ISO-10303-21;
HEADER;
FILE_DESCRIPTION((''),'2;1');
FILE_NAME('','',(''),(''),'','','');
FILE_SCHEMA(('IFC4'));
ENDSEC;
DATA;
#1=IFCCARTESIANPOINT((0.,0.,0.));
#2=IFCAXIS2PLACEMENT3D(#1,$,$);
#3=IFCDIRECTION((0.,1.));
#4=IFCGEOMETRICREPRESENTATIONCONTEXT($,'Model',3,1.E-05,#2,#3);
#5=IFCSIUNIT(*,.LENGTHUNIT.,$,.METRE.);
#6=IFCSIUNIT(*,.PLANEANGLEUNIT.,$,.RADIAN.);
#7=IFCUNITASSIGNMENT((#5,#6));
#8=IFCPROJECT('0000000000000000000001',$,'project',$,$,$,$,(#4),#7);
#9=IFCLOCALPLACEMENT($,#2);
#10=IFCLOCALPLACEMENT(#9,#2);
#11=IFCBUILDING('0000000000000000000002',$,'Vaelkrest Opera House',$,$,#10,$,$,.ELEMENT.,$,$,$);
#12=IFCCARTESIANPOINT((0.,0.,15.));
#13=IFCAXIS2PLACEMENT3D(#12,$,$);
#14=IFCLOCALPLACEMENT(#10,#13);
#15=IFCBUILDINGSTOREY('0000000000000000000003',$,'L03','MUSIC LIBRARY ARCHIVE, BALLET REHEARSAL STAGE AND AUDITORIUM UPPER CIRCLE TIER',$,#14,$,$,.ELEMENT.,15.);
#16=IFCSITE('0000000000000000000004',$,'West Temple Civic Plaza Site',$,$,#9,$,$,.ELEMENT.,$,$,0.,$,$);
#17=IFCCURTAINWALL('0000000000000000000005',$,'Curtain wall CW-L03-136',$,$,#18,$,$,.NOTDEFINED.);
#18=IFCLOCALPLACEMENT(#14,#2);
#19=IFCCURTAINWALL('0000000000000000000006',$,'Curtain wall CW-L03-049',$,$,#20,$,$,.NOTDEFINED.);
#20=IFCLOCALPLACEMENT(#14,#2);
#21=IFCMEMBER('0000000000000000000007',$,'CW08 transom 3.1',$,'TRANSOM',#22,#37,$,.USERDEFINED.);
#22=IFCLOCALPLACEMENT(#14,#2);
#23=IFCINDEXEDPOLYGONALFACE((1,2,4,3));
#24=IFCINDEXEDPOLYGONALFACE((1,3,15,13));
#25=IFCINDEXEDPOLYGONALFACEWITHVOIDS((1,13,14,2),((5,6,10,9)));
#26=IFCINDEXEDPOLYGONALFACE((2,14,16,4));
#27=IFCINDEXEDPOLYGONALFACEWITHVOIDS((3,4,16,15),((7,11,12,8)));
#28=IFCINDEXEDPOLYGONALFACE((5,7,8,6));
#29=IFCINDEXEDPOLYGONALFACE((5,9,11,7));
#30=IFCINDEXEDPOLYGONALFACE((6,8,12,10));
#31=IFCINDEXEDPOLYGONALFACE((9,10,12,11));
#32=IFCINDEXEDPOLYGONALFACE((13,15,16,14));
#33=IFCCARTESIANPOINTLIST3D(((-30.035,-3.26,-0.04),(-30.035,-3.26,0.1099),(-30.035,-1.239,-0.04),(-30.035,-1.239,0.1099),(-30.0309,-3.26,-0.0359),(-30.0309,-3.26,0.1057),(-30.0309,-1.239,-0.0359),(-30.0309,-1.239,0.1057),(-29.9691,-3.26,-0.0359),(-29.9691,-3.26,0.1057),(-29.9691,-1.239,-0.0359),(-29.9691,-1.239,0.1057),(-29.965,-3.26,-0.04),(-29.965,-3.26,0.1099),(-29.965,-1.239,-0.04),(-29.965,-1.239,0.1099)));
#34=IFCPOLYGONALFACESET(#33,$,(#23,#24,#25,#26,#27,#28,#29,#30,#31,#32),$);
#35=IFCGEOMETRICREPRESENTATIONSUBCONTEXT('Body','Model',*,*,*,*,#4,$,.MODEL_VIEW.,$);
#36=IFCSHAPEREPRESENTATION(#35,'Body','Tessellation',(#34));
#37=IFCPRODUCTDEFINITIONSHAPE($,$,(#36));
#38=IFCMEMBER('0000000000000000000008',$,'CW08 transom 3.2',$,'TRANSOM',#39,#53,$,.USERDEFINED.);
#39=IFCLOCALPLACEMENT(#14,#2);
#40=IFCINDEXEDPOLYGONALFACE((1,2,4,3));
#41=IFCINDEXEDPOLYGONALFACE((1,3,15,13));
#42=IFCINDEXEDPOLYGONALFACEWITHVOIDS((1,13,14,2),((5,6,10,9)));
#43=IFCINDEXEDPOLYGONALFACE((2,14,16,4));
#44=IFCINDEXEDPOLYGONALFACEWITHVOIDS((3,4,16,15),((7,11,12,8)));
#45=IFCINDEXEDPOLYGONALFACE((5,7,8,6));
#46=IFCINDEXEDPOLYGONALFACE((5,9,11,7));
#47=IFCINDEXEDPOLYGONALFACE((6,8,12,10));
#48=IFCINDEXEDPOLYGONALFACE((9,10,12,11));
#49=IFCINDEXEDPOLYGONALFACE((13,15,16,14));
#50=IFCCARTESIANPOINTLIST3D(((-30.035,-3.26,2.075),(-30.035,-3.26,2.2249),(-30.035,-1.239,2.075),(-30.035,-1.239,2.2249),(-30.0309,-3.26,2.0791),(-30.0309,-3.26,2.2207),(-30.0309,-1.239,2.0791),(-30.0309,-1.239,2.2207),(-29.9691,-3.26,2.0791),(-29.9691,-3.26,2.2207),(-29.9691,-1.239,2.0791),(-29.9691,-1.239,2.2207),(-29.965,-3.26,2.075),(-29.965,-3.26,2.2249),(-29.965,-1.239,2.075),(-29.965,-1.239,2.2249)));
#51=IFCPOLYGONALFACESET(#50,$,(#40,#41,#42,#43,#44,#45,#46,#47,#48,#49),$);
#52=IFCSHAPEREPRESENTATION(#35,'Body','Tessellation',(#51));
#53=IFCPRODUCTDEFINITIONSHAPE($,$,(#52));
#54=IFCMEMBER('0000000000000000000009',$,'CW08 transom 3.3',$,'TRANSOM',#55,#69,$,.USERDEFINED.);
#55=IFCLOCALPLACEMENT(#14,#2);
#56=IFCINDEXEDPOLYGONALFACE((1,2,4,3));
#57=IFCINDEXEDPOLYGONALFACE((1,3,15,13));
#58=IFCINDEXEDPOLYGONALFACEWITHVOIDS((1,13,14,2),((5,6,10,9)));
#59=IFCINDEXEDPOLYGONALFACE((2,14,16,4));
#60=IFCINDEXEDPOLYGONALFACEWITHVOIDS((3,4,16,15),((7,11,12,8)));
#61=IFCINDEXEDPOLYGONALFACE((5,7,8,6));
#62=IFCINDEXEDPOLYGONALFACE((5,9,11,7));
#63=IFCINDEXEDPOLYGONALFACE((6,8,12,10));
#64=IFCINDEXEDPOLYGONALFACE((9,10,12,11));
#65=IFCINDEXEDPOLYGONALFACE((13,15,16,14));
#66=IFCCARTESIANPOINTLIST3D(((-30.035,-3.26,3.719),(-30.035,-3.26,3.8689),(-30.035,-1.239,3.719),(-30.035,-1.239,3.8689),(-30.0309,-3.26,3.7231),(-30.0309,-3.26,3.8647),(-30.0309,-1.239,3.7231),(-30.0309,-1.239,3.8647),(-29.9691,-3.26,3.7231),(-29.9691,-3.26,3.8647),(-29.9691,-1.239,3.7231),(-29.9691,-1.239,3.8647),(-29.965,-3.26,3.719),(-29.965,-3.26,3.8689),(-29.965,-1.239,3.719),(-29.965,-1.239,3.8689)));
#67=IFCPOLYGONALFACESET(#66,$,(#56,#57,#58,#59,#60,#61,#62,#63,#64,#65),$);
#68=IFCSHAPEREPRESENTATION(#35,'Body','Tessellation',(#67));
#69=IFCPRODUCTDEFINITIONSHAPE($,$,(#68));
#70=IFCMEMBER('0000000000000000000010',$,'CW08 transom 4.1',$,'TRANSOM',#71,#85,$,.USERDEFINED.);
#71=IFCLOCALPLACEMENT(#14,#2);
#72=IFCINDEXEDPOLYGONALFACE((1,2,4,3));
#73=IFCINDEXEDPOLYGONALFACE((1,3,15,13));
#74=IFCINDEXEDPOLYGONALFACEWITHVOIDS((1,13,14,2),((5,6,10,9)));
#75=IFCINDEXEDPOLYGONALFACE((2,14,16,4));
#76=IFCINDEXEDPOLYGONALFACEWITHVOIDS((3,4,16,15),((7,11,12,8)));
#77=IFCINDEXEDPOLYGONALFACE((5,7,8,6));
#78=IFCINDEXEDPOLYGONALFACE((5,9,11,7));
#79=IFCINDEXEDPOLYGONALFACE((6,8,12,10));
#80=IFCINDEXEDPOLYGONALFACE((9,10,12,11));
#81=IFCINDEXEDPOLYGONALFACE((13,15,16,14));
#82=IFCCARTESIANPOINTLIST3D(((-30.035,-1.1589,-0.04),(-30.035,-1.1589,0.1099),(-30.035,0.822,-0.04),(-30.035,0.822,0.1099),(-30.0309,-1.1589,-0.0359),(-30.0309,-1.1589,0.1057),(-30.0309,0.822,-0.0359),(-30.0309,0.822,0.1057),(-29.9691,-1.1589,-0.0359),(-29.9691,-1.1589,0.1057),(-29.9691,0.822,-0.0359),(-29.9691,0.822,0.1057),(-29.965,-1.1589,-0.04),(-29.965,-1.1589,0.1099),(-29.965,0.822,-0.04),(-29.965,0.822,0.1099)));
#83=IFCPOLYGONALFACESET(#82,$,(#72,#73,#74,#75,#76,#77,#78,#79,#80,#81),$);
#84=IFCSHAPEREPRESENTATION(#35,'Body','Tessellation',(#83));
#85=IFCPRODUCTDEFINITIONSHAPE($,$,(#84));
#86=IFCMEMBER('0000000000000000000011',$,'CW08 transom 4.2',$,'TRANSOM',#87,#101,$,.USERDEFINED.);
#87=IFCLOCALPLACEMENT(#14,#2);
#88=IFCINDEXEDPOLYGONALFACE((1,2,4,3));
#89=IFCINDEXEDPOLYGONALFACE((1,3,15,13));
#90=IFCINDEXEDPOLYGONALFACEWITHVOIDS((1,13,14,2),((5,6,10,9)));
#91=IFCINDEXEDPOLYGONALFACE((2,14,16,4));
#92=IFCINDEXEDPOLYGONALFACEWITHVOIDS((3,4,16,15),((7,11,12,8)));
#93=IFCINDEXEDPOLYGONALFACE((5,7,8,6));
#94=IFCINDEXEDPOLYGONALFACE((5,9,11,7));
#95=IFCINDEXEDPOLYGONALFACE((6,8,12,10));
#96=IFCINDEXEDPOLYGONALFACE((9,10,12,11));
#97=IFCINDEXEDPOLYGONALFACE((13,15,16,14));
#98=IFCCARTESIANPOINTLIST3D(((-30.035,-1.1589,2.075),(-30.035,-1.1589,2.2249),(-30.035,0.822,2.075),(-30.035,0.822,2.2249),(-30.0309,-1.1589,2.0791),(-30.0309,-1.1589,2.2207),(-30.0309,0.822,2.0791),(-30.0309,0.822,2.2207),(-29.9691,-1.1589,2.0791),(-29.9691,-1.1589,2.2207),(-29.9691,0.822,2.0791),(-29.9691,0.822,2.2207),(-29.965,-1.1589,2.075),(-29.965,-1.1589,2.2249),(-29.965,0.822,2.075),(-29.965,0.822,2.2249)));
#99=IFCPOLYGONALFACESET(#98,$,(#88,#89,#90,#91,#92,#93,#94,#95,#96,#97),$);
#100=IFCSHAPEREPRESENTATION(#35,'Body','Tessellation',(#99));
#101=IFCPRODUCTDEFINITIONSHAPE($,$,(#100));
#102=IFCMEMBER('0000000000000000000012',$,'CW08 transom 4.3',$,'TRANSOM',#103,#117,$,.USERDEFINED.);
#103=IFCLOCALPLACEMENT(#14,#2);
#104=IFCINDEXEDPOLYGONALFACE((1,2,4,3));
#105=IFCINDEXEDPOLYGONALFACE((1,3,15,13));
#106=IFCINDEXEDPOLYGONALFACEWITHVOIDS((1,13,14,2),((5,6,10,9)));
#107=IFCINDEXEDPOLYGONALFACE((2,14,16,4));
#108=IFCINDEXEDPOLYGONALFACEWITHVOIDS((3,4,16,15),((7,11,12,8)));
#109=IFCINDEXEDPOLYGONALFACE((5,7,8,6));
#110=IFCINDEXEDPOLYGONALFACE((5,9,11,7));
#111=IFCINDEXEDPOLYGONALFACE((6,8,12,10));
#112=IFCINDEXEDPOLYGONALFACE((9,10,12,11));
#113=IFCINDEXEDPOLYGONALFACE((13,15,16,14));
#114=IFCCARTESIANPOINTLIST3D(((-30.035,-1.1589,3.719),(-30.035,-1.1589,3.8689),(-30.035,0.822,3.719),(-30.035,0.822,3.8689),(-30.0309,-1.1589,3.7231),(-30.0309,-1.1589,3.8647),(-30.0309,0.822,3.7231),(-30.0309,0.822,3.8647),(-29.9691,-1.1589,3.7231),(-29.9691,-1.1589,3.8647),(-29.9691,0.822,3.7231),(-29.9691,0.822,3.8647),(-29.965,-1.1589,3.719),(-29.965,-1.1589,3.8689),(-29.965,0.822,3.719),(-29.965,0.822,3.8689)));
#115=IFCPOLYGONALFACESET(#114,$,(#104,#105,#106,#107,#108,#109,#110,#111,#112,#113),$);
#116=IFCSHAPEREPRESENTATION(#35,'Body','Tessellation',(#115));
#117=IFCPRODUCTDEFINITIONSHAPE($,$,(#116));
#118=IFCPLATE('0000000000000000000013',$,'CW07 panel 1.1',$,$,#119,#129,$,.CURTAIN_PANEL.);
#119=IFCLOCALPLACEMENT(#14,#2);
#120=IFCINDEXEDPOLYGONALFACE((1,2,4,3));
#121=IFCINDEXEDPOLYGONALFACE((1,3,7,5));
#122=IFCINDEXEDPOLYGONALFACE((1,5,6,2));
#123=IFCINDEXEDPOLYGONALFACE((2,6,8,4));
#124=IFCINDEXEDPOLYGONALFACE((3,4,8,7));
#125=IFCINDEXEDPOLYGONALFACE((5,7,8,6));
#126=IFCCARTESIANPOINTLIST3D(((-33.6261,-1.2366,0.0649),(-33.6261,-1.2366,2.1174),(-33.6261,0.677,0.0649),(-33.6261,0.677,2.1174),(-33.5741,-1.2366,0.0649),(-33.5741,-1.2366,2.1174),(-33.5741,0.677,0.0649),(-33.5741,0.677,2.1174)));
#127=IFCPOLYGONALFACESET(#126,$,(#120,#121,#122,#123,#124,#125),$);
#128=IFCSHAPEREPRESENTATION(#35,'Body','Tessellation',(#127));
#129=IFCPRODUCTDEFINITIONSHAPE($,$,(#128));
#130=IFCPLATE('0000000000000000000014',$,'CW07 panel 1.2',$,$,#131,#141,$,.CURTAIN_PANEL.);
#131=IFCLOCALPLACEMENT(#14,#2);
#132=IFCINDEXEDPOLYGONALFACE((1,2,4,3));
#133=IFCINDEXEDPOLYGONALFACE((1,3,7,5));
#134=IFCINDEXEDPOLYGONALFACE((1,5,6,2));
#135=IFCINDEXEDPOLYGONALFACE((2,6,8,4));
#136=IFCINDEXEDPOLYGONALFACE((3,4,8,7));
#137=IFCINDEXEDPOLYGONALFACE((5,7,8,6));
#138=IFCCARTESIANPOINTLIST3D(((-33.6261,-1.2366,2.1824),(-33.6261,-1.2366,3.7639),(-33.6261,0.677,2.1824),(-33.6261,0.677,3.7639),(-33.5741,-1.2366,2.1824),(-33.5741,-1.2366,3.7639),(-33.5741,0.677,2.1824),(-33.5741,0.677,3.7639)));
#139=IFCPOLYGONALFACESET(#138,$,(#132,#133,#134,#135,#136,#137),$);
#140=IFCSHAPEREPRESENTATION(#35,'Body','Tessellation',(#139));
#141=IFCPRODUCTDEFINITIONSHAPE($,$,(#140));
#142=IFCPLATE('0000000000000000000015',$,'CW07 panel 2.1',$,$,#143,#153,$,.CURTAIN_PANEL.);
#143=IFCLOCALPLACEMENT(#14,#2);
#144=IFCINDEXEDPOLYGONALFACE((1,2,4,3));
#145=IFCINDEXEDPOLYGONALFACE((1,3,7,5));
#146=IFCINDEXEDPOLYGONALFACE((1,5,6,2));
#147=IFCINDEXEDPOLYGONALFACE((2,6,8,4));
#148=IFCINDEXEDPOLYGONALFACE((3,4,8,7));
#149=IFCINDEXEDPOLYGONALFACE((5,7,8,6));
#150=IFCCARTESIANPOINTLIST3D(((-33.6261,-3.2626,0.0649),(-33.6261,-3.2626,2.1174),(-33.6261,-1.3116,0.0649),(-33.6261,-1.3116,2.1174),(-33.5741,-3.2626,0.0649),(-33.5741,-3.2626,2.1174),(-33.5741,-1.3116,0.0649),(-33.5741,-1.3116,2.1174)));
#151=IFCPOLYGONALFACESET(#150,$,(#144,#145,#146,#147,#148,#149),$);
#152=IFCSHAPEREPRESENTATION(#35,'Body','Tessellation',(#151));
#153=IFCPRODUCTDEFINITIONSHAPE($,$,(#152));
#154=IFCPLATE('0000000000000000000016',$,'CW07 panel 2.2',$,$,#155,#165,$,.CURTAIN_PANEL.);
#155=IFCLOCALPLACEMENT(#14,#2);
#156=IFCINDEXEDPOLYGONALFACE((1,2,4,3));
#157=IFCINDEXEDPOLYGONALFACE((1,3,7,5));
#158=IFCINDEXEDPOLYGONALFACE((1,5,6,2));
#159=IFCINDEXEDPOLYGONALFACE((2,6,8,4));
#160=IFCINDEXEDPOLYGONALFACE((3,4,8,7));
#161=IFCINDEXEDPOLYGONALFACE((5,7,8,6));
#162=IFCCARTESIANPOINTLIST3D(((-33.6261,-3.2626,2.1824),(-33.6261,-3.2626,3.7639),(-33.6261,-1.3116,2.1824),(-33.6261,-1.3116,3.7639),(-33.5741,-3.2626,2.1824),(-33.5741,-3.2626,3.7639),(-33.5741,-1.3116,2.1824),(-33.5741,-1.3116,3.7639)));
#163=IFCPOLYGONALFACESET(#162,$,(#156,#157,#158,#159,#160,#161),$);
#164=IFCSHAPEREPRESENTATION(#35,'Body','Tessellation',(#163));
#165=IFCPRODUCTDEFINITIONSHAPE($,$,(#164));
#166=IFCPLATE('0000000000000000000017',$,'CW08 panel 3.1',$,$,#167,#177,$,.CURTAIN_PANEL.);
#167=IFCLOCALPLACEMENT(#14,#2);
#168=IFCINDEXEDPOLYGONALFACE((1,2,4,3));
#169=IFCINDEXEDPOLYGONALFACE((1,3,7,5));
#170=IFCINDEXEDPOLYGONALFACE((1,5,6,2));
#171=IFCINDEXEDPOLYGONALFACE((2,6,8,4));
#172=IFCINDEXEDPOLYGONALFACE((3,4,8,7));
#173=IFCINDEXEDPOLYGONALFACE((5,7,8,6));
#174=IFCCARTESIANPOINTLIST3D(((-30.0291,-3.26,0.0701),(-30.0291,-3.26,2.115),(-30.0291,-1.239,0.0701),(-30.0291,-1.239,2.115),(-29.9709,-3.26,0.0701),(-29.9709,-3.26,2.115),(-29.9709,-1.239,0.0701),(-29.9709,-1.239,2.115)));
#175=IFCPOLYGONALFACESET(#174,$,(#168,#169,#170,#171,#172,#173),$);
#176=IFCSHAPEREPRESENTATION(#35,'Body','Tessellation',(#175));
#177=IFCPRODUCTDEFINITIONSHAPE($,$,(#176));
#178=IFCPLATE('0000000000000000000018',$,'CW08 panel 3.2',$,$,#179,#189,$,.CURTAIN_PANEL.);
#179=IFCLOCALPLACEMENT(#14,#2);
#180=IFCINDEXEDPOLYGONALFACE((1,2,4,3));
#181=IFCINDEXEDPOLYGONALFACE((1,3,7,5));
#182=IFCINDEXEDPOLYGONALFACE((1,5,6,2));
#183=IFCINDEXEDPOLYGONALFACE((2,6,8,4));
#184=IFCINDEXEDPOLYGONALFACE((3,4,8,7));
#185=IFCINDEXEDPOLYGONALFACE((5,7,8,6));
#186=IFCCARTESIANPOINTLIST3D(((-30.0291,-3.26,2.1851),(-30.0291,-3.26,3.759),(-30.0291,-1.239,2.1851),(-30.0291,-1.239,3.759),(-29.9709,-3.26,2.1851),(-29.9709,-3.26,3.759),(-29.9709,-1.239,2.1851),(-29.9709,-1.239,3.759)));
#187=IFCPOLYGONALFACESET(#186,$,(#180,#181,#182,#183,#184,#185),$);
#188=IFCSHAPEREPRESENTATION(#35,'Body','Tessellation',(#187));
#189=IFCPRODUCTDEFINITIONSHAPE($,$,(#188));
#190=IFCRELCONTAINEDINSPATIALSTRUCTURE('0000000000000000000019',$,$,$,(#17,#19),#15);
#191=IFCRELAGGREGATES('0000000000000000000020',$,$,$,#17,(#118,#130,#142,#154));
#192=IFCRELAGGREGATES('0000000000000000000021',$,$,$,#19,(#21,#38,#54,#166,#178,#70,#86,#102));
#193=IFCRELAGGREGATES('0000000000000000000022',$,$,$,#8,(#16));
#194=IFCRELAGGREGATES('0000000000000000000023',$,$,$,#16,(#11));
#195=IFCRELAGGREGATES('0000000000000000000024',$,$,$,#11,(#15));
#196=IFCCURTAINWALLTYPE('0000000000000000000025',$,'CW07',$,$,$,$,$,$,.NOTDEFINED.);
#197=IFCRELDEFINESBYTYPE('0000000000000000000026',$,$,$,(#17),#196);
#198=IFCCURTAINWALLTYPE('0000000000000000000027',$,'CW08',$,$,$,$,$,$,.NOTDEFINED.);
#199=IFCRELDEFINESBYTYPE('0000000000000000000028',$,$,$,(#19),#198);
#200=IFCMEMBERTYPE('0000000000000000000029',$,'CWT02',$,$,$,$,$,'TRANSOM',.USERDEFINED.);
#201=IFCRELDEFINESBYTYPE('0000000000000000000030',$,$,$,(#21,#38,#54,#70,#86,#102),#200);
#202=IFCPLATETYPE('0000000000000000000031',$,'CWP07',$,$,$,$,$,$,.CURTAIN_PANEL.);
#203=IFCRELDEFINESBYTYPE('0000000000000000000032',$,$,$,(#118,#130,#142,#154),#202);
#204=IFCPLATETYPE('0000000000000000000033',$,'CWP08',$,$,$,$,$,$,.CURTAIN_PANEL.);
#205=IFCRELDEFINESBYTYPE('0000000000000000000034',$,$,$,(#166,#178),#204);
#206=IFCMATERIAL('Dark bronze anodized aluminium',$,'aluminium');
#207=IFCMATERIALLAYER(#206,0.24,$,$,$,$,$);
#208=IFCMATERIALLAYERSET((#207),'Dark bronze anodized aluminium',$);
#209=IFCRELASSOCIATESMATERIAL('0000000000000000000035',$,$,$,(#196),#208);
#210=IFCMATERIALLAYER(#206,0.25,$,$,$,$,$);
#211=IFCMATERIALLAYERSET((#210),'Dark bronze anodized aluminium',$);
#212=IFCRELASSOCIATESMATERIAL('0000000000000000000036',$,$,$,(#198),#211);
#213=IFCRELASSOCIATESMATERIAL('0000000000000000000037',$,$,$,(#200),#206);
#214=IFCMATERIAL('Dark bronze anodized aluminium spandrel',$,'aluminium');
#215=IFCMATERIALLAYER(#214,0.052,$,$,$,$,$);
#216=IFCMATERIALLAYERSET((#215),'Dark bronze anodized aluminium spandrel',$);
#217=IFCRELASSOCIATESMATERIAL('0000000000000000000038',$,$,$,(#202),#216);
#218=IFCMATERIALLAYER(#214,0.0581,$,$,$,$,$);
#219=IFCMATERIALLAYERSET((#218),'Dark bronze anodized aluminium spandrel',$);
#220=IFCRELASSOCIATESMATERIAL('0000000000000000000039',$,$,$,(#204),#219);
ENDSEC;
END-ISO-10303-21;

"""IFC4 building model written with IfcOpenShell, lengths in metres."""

from ifc_helpers import new_model, si_unit, direction, frame, origin, origin_2d, place, context, subcontext, project, spatial, rectangle, hollow_rectangle, extrude, material, layer, layer_set, material_profile, profile_set, type_object, element, aggregate, save


model = new_model("IFC4")

# Units and contexts
model_context = context("Model", 3, precision=1e-05, world=origin(), true_north=direction((0.0, 1.0)))
body_context = subcontext(model_context, "Body", "Model", "MODEL_VIEW")
ifc_project = project(units=[si_unit("LENGTHUNIT", "METRE"), si_unit("PLANEANGLEUNIT", "RADIAN")], contexts=[model_context])

# Site, building, storey
site_placement = place(None, origin())
site = spatial("IfcSite", under=ifc_project, at=site_placement, Name="West Temple Civic Plaza Site", CompositionType="ELEMENT", RefElevation=0.0)
building_placement = place(site_placement, origin())
building = spatial("IfcBuilding", under=site, at=building_placement, Name="Vaelkrest Opera House", CompositionType="ELEMENT")
storey_placement = place(building_placement, frame((0.0, 0.0, 15.0)))
storey = spatial("IfcBuildingStorey", under=building, at=storey_placement, Name="L03", Description="MUSIC LIBRARY ARCHIVE, BALLET REHEARSAL STAGE AND AUDITORIUM UPPER CIRCLE TIER", CompositionType="ELEMENT", Elevation=15.0)

# Curtain wall
ifc_material_1 = material(Name="Dark bronze anodized aluminium", Category="aluminium")
ifc_layer_1 = layer(ifc_material_1, 0.24)
ifc_layer_set_1 = layer_set([ifc_layer_1], Name="Dark bronze anodized aluminium")
curtain_wall_type_1 = type_object("IfcCurtainWallType", Name="CW07", PredefinedType="NOTDEFINED", material=ifc_layer_set_1)
curtain_wall_1_placement = place(storey_placement, origin())
curtain_wall_1 = element("IfcCurtainWall", 1, at=curtain_wall_1_placement, inside=storey, type_object=curtain_wall_type_1, Name="Curtain wall CW-L03-136", PredefinedType="NOTDEFINED")

# Curtain wall
ifc_layer_2 = layer(ifc_material_1, 0.25)
ifc_layer_set_2 = layer_set([ifc_layer_2], Name="Dark bronze anodized aluminium")
curtain_wall_type_2 = type_object("IfcCurtainWallType", Name="CW08", PredefinedType="NOTDEFINED", material=ifc_layer_set_2)
curtain_wall_2_placement = place(storey_placement, origin())
curtain_wall_2 = element("IfcCurtainWall", 2, at=curtain_wall_2_placement, inside=storey, type_object=curtain_wall_type_2, Name="Curtain wall CW-L03-049", PredefinedType="NOTDEFINED")

# Members
ifc_material_profile_1 = material_profile(ifc_material_1, hollow_rectangle(XDim=0.0701, YDim=0.1499, WallThickness=0.0042, at=origin_2d()), Name="CWT70X150")
ifc_profile_set_1 = profile_set([ifc_material_profile_1], Name="Dark bronze anodized aluminium")
member_type_1 = type_object("IfcMemberType", Name="CWT02", ElementType="TRANSOM", PredefinedType="USERDEFINED", material=ifc_profile_set_1)
member_1_placement = place(storey_placement, frame((-30.0, -3.26, 0.0349), z_axis=(0.0, 1.0, 0.0), x_axis=(-1.0, 0.0, 0.0)))
member_1 = element("IfcMember", 3, at=member_1_placement, type_object=member_type_1, Name="CW08 transom 3.1", ObjectType="TRANSOM", PredefinedType="USERDEFINED", context=body_context, shape_type="SweptSolid", body=[
    extrude(hollow_rectangle(XDim=0.0701, YDim=0.1499, WallThickness=0.0042, at=origin_2d()), origin(), (0.0, 0.0, 1.0), 2.021),
])
member_2_placement = place(storey_placement, frame((-30.0, -3.26, 2.1499), z_axis=(0.0, 1.0, 0.0), x_axis=(-1.0, 0.0, 0.0)))
member_2 = element("IfcMember", 4, at=member_2_placement, type_object=member_type_1, Name="CW08 transom 3.2", ObjectType="TRANSOM", PredefinedType="USERDEFINED", context=body_context, shape_type="SweptSolid", body=[
    extrude(hollow_rectangle(XDim=0.0701, YDim=0.1499, WallThickness=0.0042, at=origin_2d()), origin(), (0.0, 0.0, 1.0), 2.021),
])
member_3_placement = place(storey_placement, frame((-30.0, -3.26, 3.7939), z_axis=(0.0, 1.0, 0.0), x_axis=(-1.0, 0.0, 0.0)))
member_3 = element("IfcMember", 5, at=member_3_placement, type_object=member_type_1, Name="CW08 transom 3.3", ObjectType="TRANSOM", PredefinedType="USERDEFINED", context=body_context, shape_type="SweptSolid", body=[
    extrude(hollow_rectangle(XDim=0.0701, YDim=0.1499, WallThickness=0.0042, at=origin_2d()), origin(), (0.0, 0.0, 1.0), 2.021),
])
member_4_placement = place(storey_placement, frame((-30.0, -1.1589, 0.0349), z_axis=(0.0, 1.0, 0.0), x_axis=(-1.0, 0.0, 0.0)))
member_4 = element("IfcMember", 6, at=member_4_placement, type_object=member_type_1, Name="CW08 transom 4.1", ObjectType="TRANSOM", PredefinedType="USERDEFINED", context=body_context, shape_type="SweptSolid", body=[
    extrude(hollow_rectangle(XDim=0.0701, YDim=0.1499, WallThickness=0.0042, at=origin_2d()), origin(), (0.0, 0.0, 1.0), 1.981),
])
member_5_placement = place(storey_placement, frame((-30.0, -1.1589, 2.1499), z_axis=(0.0, 1.0, 0.0), x_axis=(-1.0, 0.0, 0.0)))
member_5 = element("IfcMember", 7, at=member_5_placement, type_object=member_type_1, Name="CW08 transom 4.2", ObjectType="TRANSOM", PredefinedType="USERDEFINED", context=body_context, shape_type="SweptSolid", body=[
    extrude(hollow_rectangle(XDim=0.0701, YDim=0.1499, WallThickness=0.0042, at=origin_2d()), origin(), (0.0, 0.0, 1.0), 1.981),
])
member_6_placement = place(storey_placement, frame((-30.0, -1.1589, 3.7939), z_axis=(0.0, 1.0, 0.0), x_axis=(-1.0, 0.0, 0.0)))
member_6 = element("IfcMember", 8, at=member_6_placement, type_object=member_type_1, Name="CW08 transom 4.3", ObjectType="TRANSOM", PredefinedType="USERDEFINED", context=body_context, shape_type="SweptSolid", body=[
    extrude(hollow_rectangle(XDim=0.0701, YDim=0.1499, WallThickness=0.0042, at=origin_2d()), origin(), (0.0, 0.0, 1.0), 1.981),
])

# Plates
ifc_material_2 = material(Name="Dark bronze anodized aluminium spandrel", Category="aluminium")
ifc_layer_3 = layer(ifc_material_2, 0.052)
ifc_layer_set_3 = layer_set([ifc_layer_3], Name="Dark bronze anodized aluminium spandrel")
plate_type_1 = type_object("IfcPlateType", Name="CWP07", PredefinedType="CURTAIN_PANEL", material=ifc_layer_set_3)
plate_1_placement = place(storey_placement, frame((-33.6001, -0.2798, 0.0649), z_axis=(0.0, 0.0, 1.0), x_axis=(0.0, -1.0, 0.0)))
plate_1 = element("IfcPlate", 9, at=plate_1_placement, type_object=plate_type_1, Name="CW07 panel 1.1", PredefinedType="CURTAIN_PANEL", context=body_context, shape_type="SweptSolid", body=[
    extrude(rectangle(XDim=1.9136, YDim=0.052, at=origin_2d()), origin(), (0.0, 0.0, 1.0), 2.0525),
])
plate_2_placement = place(storey_placement, frame((-33.6001, -0.2798, 2.1824), z_axis=(0.0, 0.0, 1.0), x_axis=(0.0, -1.0, 0.0)))
plate_2 = element("IfcPlate", 10, at=plate_2_placement, type_object=plate_type_1, Name="CW07 panel 1.2", PredefinedType="CURTAIN_PANEL", context=body_context, shape_type="SweptSolid", body=[
    extrude(rectangle(XDim=1.9136, YDim=0.052, at=origin_2d()), origin(), (0.0, 0.0, 1.0), 1.5815),
])
plate_3_placement = place(storey_placement, frame((-33.6001, -2.2871, 0.0649), z_axis=(0.0, 0.0, 1.0), x_axis=(0.0, -1.0, 0.0)))
plate_3 = element("IfcPlate", 11, at=plate_3_placement, type_object=plate_type_1, Name="CW07 panel 2.1", PredefinedType="CURTAIN_PANEL", context=body_context, shape_type="SweptSolid", body=[
    extrude(rectangle(XDim=1.9509, YDim=0.052, at=origin_2d()), origin(), (0.0, 0.0, 1.0), 2.0525),
])
plate_4_placement = place(storey_placement, frame((-33.6001, -2.2871, 2.1824), z_axis=(0.0, 0.0, 1.0), x_axis=(0.0, -1.0, 0.0)))
plate_4 = element("IfcPlate", 12, at=plate_4_placement, type_object=plate_type_1, Name="CW07 panel 2.2", PredefinedType="CURTAIN_PANEL", context=body_context, shape_type="SweptSolid", body=[
    extrude(rectangle(XDim=1.9509, YDim=0.052, at=origin_2d()), origin(), (0.0, 0.0, 1.0), 1.5815),
])
aggregate(curtain_wall_1, [plate_1, plate_2, plate_3, plate_4])
ifc_layer_4 = layer(ifc_material_2, 0.0581)
ifc_layer_set_4 = layer_set([ifc_layer_4], Name="Dark bronze anodized aluminium spandrel")
plate_type_2 = type_object("IfcPlateType", Name="CWP08", PredefinedType="CURTAIN_PANEL", material=ifc_layer_set_4)
plate_5_placement = place(storey_placement, frame((-30.0, -2.2495, 0.0701), z_axis=(0.0, 0.0, 1.0), x_axis=(0.0, 1.0, 0.0)))
plate_5 = element("IfcPlate", 13, at=plate_5_placement, type_object=plate_type_2, Name="CW08 panel 3.1", PredefinedType="CURTAIN_PANEL", context=body_context, shape_type="SweptSolid", body=[
    extrude(rectangle(XDim=2.021, YDim=0.0581, at=origin_2d()), origin(), (0.0, 0.0, 1.0), 2.0449),
])
plate_6_placement = place(storey_placement, frame((-30.0, -2.2495, 2.1851), z_axis=(0.0, 0.0, 1.0), x_axis=(0.0, 1.0, 0.0)))
plate_6 = element("IfcPlate", 14, at=plate_6_placement, type_object=plate_type_2, Name="CW08 panel 3.2", PredefinedType="CURTAIN_PANEL", context=body_context, shape_type="SweptSolid", body=[
    extrude(rectangle(XDim=2.021, YDim=0.0581, at=origin_2d()), origin(), (0.0, 0.0, 1.0), 1.574),
])
aggregate(curtain_wall_2, [member_1, member_2, member_3, plate_5, plate_6, member_4, member_5, member_6])

save(model, "model.ifc")
